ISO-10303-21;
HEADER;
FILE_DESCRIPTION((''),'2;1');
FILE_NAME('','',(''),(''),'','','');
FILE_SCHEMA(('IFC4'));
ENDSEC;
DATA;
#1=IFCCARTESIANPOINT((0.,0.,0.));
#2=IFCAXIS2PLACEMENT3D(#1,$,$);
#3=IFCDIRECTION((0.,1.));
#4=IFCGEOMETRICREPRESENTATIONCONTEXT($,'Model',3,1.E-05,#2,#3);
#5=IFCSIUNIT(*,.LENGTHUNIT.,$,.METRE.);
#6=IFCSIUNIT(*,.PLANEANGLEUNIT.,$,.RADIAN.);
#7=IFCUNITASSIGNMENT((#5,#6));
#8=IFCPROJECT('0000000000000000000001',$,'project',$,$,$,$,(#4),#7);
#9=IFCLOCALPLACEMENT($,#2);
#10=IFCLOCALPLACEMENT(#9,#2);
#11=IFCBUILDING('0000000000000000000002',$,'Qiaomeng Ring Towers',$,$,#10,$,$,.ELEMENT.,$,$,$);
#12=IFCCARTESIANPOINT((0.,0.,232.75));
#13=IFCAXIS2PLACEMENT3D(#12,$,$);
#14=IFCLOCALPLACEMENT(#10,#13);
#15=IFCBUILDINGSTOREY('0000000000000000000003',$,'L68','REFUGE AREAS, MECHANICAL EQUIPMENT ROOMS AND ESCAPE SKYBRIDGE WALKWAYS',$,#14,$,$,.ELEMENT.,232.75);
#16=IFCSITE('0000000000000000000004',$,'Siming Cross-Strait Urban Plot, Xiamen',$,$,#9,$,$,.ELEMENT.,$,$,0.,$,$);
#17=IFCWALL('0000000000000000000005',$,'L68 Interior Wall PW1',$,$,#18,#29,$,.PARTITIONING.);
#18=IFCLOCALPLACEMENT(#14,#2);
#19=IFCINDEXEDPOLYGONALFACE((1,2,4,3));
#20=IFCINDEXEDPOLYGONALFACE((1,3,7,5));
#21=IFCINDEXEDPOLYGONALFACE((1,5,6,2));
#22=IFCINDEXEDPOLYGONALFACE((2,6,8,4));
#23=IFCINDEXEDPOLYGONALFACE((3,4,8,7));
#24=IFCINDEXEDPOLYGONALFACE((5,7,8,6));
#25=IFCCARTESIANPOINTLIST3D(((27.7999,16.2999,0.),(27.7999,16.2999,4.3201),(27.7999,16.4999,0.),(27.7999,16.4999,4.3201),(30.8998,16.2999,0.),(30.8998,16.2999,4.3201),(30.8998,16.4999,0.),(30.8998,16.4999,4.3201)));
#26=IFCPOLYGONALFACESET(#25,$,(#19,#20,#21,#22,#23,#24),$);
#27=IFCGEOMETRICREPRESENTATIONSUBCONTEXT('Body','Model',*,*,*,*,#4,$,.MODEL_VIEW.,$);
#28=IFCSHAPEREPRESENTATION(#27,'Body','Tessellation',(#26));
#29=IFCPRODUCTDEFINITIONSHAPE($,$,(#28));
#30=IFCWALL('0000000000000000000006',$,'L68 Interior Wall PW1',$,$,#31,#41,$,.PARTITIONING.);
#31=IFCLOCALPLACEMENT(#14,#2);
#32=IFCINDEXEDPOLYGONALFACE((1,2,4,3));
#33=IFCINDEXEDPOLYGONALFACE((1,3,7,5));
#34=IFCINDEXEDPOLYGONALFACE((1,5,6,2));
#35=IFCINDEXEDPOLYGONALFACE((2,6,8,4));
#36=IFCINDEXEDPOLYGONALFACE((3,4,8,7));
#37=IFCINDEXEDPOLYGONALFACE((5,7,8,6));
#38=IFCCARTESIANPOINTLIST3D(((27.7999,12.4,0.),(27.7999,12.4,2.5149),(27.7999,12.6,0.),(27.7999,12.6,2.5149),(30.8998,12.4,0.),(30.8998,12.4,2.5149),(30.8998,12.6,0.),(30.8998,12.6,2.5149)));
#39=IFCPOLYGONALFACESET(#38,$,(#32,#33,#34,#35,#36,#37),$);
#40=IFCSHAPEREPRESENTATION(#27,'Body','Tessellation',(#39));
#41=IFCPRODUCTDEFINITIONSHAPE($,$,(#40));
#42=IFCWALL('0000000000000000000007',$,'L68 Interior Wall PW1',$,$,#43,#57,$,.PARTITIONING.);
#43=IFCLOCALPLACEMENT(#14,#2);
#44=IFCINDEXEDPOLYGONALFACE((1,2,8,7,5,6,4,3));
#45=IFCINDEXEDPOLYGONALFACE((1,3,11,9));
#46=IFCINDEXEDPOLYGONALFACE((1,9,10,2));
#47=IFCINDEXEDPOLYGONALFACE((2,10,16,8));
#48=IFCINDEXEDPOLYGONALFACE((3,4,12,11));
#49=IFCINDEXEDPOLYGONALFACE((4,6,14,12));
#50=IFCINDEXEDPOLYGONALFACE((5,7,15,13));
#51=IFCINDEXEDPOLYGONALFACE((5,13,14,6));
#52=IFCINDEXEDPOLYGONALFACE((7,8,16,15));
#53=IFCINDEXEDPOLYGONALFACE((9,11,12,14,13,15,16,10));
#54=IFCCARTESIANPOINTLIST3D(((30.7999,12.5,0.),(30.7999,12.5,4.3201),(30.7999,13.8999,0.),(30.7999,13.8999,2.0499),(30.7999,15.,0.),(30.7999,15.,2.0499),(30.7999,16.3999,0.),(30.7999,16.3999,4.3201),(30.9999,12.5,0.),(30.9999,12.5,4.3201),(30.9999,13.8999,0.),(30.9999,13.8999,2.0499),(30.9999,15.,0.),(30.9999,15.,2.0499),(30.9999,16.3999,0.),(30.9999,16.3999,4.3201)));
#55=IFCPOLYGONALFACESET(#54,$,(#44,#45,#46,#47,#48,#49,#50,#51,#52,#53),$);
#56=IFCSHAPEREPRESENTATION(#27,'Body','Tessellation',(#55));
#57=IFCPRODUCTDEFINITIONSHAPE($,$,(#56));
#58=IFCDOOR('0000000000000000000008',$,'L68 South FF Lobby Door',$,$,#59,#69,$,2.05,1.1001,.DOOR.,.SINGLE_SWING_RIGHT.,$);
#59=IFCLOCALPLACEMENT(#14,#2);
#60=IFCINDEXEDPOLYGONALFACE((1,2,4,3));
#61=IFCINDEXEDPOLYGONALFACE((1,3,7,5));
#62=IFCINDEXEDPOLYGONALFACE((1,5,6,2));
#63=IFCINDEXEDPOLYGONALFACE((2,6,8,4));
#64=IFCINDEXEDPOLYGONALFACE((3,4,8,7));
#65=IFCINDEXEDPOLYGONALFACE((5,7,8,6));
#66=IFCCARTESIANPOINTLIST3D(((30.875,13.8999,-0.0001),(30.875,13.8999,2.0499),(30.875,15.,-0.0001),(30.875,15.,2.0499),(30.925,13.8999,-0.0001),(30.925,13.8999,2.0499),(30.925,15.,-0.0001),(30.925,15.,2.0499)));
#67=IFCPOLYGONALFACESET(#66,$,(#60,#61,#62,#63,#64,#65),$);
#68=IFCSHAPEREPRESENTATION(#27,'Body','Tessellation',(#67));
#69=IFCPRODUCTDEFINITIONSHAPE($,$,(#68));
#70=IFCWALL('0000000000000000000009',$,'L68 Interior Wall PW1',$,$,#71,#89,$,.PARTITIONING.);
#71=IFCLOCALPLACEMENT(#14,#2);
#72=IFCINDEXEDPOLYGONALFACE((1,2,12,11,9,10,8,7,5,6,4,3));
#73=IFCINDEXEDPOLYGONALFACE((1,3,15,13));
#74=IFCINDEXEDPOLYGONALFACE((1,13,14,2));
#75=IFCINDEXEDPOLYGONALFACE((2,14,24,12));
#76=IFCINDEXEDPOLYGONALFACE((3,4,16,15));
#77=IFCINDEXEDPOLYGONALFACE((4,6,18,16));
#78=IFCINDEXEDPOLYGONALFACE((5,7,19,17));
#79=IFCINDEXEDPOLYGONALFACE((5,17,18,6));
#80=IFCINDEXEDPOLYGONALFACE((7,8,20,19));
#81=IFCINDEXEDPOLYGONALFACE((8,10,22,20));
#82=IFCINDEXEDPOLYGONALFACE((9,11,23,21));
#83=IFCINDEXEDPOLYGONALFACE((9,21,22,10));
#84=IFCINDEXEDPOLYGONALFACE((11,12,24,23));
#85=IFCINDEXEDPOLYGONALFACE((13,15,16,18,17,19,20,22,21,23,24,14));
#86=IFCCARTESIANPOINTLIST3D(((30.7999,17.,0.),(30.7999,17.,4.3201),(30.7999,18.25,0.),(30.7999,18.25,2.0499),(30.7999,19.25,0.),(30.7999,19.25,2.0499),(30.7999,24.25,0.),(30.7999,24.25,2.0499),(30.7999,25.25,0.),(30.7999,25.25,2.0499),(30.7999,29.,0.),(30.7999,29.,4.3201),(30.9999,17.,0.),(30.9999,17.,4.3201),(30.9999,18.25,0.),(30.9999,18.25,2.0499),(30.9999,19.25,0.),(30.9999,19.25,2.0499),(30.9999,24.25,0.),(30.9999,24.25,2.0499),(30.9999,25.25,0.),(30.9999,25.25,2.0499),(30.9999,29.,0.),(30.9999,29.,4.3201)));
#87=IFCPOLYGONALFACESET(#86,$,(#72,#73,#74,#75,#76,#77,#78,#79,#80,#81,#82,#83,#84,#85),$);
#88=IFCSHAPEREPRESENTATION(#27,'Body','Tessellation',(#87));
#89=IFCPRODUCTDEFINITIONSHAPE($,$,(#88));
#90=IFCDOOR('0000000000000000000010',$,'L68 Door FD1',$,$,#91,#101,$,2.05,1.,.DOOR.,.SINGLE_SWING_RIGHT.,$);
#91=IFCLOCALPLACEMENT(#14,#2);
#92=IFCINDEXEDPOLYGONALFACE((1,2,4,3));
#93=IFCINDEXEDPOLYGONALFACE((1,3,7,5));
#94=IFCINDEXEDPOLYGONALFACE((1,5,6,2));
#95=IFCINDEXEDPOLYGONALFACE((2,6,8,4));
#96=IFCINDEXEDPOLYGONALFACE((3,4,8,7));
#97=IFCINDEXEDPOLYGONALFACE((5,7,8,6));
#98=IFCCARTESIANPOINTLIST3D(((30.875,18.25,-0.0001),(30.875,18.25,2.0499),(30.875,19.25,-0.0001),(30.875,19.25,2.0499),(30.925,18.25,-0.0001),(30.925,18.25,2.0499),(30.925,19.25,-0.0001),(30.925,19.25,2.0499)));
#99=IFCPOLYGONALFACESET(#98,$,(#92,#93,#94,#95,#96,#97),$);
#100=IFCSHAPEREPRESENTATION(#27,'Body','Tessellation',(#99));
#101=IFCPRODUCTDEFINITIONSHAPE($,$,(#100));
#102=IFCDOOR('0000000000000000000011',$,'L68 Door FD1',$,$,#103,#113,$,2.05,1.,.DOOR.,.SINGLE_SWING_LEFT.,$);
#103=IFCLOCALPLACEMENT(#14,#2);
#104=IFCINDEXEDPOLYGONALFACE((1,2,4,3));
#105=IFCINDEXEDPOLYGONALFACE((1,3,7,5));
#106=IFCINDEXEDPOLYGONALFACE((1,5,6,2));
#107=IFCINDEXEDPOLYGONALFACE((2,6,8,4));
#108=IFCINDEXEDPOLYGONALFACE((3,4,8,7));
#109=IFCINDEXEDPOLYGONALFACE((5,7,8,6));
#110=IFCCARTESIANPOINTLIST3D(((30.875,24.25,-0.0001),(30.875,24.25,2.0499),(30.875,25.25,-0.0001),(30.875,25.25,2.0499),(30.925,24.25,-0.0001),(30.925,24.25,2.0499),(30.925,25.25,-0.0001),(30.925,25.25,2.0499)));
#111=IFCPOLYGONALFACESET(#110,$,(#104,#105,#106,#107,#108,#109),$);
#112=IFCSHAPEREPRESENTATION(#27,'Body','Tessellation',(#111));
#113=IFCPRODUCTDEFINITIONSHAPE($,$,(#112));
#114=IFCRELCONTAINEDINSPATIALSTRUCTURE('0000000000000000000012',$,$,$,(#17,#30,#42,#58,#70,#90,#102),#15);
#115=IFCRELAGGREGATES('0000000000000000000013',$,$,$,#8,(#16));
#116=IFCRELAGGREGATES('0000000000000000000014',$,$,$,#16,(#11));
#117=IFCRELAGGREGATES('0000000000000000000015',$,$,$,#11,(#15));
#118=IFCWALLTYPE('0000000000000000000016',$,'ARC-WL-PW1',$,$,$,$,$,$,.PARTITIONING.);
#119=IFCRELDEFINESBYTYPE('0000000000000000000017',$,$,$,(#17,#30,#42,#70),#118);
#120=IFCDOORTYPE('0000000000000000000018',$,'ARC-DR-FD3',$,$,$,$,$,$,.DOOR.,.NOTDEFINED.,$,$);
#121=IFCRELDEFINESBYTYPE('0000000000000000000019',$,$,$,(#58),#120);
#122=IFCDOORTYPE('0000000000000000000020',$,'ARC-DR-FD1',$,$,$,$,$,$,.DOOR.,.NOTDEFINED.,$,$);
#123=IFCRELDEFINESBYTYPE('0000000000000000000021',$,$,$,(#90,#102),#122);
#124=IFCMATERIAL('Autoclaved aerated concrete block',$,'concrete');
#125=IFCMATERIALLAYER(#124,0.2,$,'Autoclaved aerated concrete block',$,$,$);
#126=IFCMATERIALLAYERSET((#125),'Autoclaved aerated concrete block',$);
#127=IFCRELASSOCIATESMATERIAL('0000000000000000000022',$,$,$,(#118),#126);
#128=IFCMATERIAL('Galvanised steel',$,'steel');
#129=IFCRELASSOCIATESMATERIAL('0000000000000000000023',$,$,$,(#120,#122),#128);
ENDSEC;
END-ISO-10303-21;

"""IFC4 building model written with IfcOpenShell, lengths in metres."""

from ifc_helpers import new_model, si_unit, direction, frame, frame_2d, origin, place, context, subcontext, project, spatial, rectangle, extrude, source, transform, mapped, material, layer, layer_set, type_object, element, fill, save


model = new_model("IFC4")

# Units and contexts
model_context = context("Model", 3, precision=1e-05, world=origin(), true_north=direction((0.0, 1.0)))
body_context = subcontext(model_context, "Body", "Model", "MODEL_VIEW")
ifc_project = project(units=[si_unit("LENGTHUNIT", "METRE"), si_unit("PLANEANGLEUNIT", "RADIAN")], contexts=[model_context])

# Site, building, storey
site_placement = place(None, origin())
site = spatial("IfcSite", under=ifc_project, at=site_placement, Name="Siming Cross-Strait Urban Plot, Xiamen", CompositionType="ELEMENT", RefElevation=0.0)
building_placement = place(site_placement, origin())
building = spatial("IfcBuilding", under=site, at=building_placement, Name="Qiaomeng Ring Towers", CompositionType="ELEMENT")
storey_placement = place(building_placement, frame((0.0, 0.0, 232.75)))
storey = spatial("IfcBuildingStorey", under=building, at=storey_placement, Name="L68", Description="REFUGE AREAS, MECHANICAL EQUIPMENT ROOMS AND ESCAPE SKYBRIDGE WALKWAYS", CompositionType="ELEMENT", Elevation=232.75)

# Walls
ifc_material_1 = material(Name="Autoclaved aerated concrete block", Category="concrete")
ifc_layer_1 = layer(ifc_material_1, 0.2, Name="Autoclaved aerated concrete block")
ifc_layer_set_1 = layer_set([ifc_layer_1], Name="Autoclaved aerated concrete block")
wall_type = type_object("IfcWallType", Name="ARC-WL-PW1", PredefinedType="PARTITIONING", material=ifc_layer_set_1)
wall_1_placement = place(storey_placement, frame((27.8, 16.3999, 0.0), z_axis=(0.0, 0.0, 1.0), x_axis=(1.0, 0.0, 0.0)))
element("IfcWall", 1, at=wall_1_placement, inside=storey, type_object=wall_type, Name="L68 Interior Wall PW1", PredefinedType="PARTITIONING", context=body_context, shape_type="SweptSolid", body=[
    extrude(rectangle(XDim=3.0999, YDim=0.2, at=frame_2d((1.5498, 0.0))), origin(), (0.0, 0.0, 1.0), 4.3201),
])
wall_2_placement = place(storey_placement, frame((27.8, 12.5, 0.0), z_axis=(0.0, 0.0, 1.0), x_axis=(1.0, 0.0, 0.0)))
element("IfcWall", 2, at=wall_2_placement, inside=storey, type_object=wall_type, Name="L68 Interior Wall PW1", PredefinedType="PARTITIONING", context=body_context, shape_type="SweptSolid", body=[
    extrude(rectangle(XDim=3.0999, YDim=0.2, at=frame_2d((1.5498, 0.0))), origin(), (0.0, 0.0, 1.0), 2.5149),
])

# Wall, opening, door
wall_3_placement = place(storey_placement, frame((30.8999, 12.5, 0.0), z_axis=(0.0, 0.0, 1.0), x_axis=(0.0, 1.0, 0.0)))
wall_3 = element("IfcWall", 3, at=wall_3_placement, inside=storey, type_object=wall_type, Name="L68 Interior Wall PW1", PredefinedType="PARTITIONING", context=body_context, shape_type="SweptSolid", body=[
    extrude(rectangle(XDim=3.8999, YDim=0.2, at=frame_2d((1.95, 0.0))), origin(), (0.0, 0.0, 1.0), 4.3201),
])
opening_1_placement = place(wall_3_placement, frame((1.3999, 0.0, 0.0)))
opening_1 = element("IfcOpeningElement", 4, at=opening_1_placement, cuts=wall_3, PredefinedType="OPENING", context=body_context, shape_type="SweptSolid", body=[
    extrude(rectangle(XDim=1.1001, YDim=2.05, at=frame_2d((0.55, 1.0249))), frame((0.0, 0.1099, 0.0), z_axis=(0.0, -1.0, 0.0), x_axis=(1.0, 0.0, 0.0)), (0.0, 0.0, 1.0), 0.22),
])
ifc_material_2 = material(Name="Galvanised steel", Category="steel")
door_type_1 = type_object("IfcDoorType", Name="ARC-DR-FD3", OperationType="NOTDEFINED", PredefinedType="DOOR", material=ifc_material_2)
shared_shape_1 = source(origin(), body_context, "Body", "SweptSolid", [
    extrude(rectangle(XDim=1.1001, YDim=2.05, at=frame_2d((0.55, 1.0249))), frame((0.0, 0.0249, 0.0), z_axis=(0.0, -1.0, 0.0), x_axis=(1.0, 0.0, 0.0)), (0.0, 0.0, 1.0), 0.05),
])
door_1_placement = place(opening_1_placement, origin())
door_1 = element("IfcDoor", 5, at=door_1_placement, inside=storey, type_object=door_type_1, Name="L68 South FF Lobby Door", OperationType="SINGLE_SWING_RIGHT", OverallHeight=2.05, OverallWidth=1.1001, PredefinedType="DOOR", context=body_context, shape_type="MappedRepresentation", body=[
    mapped(shared_shape_1, transform((0.0, 0.0, 0.0), x_axis=(1.0, 0.0, 0.0), y_axis=(0.0, 1.0, 0.0), z_axis=(0.0, 0.0, 1.0), scale=1.0)),
])
fill(opening_1, door_1)

# Wall, openings, doors
wall_4_placement = place(storey_placement, frame((30.8999, 17.0, 0.0), z_axis=(0.0, 0.0, 1.0), x_axis=(0.0, 1.0, 0.0)))
wall_4 = element("IfcWall", 6, at=wall_4_placement, inside=storey, type_object=wall_type, Name="L68 Interior Wall PW1", PredefinedType="PARTITIONING", context=body_context, shape_type="SweptSolid", body=[
    extrude(rectangle(XDim=12.0, YDim=0.2, at=frame_2d((6.0, 0.0))), origin(), (0.0, 0.0, 1.0), 4.3201),
])
opening_2_placement = place(wall_4_placement, frame((1.25, 0.0, 0.0)))
opening_2 = element("IfcOpeningElement", 7, at=opening_2_placement, cuts=wall_4, PredefinedType="OPENING", context=body_context, shape_type="SweptSolid", body=[
    extrude(rectangle(XDim=1.0, YDim=2.05, at=frame_2d((0.5, 1.0249))), frame((0.0, 0.1099, 0.0), z_axis=(0.0, -1.0, 0.0), x_axis=(1.0, 0.0, 0.0)), (0.0, 0.0, 1.0), 0.22),
])
opening_3_placement = place(wall_4_placement, frame((7.25, 0.0, 0.0)))
opening_3 = element("IfcOpeningElement", 8, at=opening_3_placement, cuts=wall_4, PredefinedType="OPENING", context=body_context, shape_type="SweptSolid", body=[
    extrude(rectangle(XDim=1.0, YDim=2.05, at=frame_2d((0.5, 1.0249))), frame((0.0, 0.1099, 0.0), z_axis=(0.0, -1.0, 0.0), x_axis=(1.0, 0.0, 0.0)), (0.0, 0.0, 1.0), 0.22),
])
door_type_2 = type_object("IfcDoorType", Name="ARC-DR-FD1", OperationType="NOTDEFINED", PredefinedType="DOOR", material=ifc_material_2)
shared_shape_2 = source(origin(), body_context, "Body", "SweptSolid", [
    extrude(rectangle(XDim=1.0, YDim=2.05, at=frame_2d((0.5, 1.0249))), frame((0.0, 0.0249, 0.0), z_axis=(0.0, -1.0, 0.0), x_axis=(1.0, 0.0, 0.0)), (0.0, 0.0, 1.0), 0.05),
])
door_2_placement = place(opening_2_placement, origin())
door_2 = element("IfcDoor", 9, at=door_2_placement, inside=storey, type_object=door_type_2, Name="L68 Door FD1", OperationType="SINGLE_SWING_RIGHT", OverallHeight=2.05, OverallWidth=1.0, PredefinedType="DOOR", context=body_context, shape_type="MappedRepresentation", body=[
    mapped(shared_shape_2, transform((0.0, 0.0, 0.0), x_axis=(1.0, 0.0, 0.0), y_axis=(0.0, 1.0, 0.0), z_axis=(0.0, 0.0, 1.0), scale=1.0)),
])
fill(opening_2, door_2)
door_3_placement = place(opening_3_placement, origin())
door_3 = element("IfcDoor", 10, at=door_3_placement, inside=storey, type_object=door_type_2, Name="L68 Door FD1", OperationType="SINGLE_SWING_LEFT", OverallHeight=2.05, OverallWidth=1.0, PredefinedType="DOOR", context=body_context, shape_type="MappedRepresentation", body=[
    mapped(shared_shape_2, transform((0.0, 0.0, 0.0), x_axis=(1.0, 0.0, 0.0), y_axis=(0.0, 1.0, 0.0), z_axis=(0.0, 0.0, 1.0), scale=1.0)),
])
fill(opening_3, door_3)

save(model, "model.ifc")
